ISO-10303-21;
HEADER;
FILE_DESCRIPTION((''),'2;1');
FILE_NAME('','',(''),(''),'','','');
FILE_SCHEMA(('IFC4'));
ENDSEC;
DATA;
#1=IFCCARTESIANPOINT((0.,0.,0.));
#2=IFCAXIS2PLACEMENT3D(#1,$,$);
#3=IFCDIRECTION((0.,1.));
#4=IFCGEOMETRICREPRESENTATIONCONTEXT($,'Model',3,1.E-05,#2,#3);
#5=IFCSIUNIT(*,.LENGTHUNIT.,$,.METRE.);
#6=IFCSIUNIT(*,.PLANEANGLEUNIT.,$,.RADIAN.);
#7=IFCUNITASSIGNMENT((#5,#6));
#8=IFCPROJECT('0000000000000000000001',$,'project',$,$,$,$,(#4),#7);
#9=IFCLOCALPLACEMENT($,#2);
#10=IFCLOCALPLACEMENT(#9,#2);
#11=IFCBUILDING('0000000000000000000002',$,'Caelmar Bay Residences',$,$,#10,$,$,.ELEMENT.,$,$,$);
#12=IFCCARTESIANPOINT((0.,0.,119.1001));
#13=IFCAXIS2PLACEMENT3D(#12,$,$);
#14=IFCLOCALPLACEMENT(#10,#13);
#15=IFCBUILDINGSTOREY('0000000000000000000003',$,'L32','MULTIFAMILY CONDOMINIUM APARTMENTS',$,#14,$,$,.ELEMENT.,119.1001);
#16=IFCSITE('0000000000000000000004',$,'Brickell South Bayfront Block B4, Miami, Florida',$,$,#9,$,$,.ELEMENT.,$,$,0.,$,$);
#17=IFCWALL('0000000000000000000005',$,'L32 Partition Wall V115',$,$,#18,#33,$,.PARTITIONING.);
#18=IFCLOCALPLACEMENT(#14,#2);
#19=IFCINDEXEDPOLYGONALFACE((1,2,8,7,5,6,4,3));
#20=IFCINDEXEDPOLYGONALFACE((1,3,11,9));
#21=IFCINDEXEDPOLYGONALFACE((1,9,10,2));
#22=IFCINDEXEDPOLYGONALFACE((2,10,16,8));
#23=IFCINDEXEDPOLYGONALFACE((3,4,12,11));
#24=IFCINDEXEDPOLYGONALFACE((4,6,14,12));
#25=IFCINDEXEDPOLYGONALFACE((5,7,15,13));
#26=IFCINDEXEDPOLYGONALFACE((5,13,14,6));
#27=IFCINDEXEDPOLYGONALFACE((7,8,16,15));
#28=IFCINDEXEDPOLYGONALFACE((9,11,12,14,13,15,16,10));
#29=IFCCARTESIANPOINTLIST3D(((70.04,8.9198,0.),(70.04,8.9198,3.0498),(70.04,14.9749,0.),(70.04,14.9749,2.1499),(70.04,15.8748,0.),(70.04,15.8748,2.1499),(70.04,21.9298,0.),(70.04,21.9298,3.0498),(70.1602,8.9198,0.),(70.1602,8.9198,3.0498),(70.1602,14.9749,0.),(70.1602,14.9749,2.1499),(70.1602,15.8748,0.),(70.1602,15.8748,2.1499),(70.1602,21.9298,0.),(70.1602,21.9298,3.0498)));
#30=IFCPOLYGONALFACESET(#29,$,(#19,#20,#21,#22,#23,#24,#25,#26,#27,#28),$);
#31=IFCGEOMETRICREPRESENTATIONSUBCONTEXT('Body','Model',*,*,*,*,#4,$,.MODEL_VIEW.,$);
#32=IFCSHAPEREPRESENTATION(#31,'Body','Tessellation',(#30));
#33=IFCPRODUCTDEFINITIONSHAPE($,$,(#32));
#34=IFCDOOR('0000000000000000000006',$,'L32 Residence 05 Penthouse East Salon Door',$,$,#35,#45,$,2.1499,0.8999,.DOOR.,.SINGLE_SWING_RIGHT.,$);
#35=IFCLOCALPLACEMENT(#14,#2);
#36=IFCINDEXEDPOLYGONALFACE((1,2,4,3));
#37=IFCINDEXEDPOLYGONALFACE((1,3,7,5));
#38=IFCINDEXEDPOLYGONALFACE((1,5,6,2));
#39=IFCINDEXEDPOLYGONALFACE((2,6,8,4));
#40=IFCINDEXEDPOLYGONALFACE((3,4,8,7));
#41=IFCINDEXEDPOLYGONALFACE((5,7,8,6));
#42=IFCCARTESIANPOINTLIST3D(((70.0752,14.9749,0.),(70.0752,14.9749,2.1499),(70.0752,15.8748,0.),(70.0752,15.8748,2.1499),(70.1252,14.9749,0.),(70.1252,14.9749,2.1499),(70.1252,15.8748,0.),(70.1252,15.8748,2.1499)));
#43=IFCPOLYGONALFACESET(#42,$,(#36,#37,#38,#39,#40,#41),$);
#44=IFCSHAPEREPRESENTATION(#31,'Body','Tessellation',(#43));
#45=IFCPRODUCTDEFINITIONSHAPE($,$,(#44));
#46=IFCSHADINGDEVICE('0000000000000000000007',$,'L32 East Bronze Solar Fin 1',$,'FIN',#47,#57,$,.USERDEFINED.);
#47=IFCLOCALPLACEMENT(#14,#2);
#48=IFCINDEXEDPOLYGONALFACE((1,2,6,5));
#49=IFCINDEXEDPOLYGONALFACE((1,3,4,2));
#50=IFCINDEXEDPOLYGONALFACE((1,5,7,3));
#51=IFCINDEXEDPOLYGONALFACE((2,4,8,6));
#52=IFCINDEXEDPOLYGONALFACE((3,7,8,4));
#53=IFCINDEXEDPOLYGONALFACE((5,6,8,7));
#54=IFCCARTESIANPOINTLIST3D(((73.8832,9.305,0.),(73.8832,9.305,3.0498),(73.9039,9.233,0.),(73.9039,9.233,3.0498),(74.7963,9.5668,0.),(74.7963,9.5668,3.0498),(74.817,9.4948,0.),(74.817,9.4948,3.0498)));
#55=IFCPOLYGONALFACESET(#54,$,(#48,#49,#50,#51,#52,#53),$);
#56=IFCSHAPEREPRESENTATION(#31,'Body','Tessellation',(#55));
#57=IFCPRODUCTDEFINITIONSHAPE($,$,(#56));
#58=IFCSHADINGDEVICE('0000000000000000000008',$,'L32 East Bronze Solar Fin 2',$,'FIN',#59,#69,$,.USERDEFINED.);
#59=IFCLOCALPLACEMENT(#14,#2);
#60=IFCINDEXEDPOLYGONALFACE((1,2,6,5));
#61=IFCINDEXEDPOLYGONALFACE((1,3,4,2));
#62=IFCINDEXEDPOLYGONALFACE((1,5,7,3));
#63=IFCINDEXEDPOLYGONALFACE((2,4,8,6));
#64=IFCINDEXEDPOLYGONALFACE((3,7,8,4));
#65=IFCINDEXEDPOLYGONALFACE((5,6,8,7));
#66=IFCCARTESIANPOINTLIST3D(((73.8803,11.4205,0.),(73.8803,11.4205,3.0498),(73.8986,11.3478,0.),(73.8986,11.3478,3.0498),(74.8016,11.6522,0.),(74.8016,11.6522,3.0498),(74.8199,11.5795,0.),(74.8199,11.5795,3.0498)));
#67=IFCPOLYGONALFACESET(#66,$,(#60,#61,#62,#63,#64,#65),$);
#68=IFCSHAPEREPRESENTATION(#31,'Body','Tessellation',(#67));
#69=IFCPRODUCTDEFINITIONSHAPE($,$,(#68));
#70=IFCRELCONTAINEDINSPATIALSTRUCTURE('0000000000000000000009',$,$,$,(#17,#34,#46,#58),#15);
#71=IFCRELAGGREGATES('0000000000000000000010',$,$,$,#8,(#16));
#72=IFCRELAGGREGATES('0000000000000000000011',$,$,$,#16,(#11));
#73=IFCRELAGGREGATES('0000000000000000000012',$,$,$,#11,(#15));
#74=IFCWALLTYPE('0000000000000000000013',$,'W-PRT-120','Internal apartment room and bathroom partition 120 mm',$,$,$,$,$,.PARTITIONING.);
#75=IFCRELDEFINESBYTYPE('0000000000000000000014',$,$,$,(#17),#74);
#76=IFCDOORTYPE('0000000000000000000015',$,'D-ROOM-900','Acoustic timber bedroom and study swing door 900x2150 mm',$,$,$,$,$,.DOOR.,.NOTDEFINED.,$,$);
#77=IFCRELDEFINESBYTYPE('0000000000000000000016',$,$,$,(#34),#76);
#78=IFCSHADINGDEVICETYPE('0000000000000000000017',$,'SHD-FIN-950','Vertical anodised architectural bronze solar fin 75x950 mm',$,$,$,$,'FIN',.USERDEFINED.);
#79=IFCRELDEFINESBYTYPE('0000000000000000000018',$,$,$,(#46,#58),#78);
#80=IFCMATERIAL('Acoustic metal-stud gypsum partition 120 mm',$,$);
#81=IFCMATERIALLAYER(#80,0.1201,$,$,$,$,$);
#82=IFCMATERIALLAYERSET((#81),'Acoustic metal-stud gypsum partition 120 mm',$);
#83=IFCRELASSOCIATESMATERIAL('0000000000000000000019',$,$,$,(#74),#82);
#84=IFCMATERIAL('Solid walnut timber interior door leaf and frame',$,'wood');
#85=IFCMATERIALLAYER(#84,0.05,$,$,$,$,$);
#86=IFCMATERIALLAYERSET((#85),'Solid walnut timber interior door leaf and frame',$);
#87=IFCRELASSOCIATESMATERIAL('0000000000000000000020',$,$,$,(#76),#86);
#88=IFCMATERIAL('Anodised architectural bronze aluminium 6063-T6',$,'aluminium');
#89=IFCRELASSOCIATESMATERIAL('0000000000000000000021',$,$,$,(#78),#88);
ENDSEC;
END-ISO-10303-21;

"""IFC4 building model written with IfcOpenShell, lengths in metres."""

from ifc_helpers import new_model, si_unit, direction, frame, frame_2d, origin, origin_2d, place, context, subcontext, project, spatial, rectangle, extrude, material, layer, layer_set, material_profile, profile_set, type_object, element, fill, save


model = new_model("IFC4")

# Units and contexts
model_context = context("Model", 3, precision=1e-05, world=origin(), true_north=direction((0.0, 1.0)))
body_context = subcontext(model_context, "Body", "Model", "MODEL_VIEW")
ifc_project = project(units=[si_unit("LENGTHUNIT", "METRE"), si_unit("PLANEANGLEUNIT", "RADIAN")], contexts=[model_context])

# Site, building, storey
site_placement = place(None, origin())
site = spatial("IfcSite", under=ifc_project, at=site_placement, Name="Brickell South Bayfront Block B4, Miami, Florida", CompositionType="ELEMENT", RefElevation=0.0)
building_placement = place(site_placement, origin())
building = spatial("IfcBuilding", under=site, at=building_placement, Name="Caelmar Bay Residences", CompositionType="ELEMENT")
storey_placement = place(building_placement, frame((0.0, 0.0, 119.1001)))
storey = spatial("IfcBuildingStorey", under=building, at=storey_placement, Name="L32", Description="MULTIFAMILY CONDOMINIUM APARTMENTS", CompositionType="ELEMENT", Elevation=119.1001)

# Shared definitions
ifc_material_1 = material(Name="Acoustic metal-stud gypsum partition 120 mm")
ifc_layer_1 = layer(ifc_material_1, 0.1201)
ifc_layer_set_1 = layer_set([ifc_layer_1], Name="Acoustic metal-stud gypsum partition 120 mm")
wall_type_1 = type_object("IfcWallType", Name="W-PRT-120", Description="Internal apartment room and bathroom partition 120 mm", PredefinedType="PARTITIONING", material=ifc_layer_set_1)

# Wall, opening, door
wall_1_placement = place(storey_placement, frame((70.1001, 8.9199, 0.0), z_axis=(0.0, 0.0, 1.0), x_axis=(0.0, 1.0, 0.0)))
wall_1 = element("IfcWall", 1, at=wall_1_placement, inside=storey, type_object=wall_type_1, Name="L32 Partition Wall V115", PredefinedType="PARTITIONING", context=body_context, shape_type="SweptSolid", body=[
    extrude(rectangle(XDim=13.01, YDim=0.1201, at=frame_2d((6.5049, 0.0))), origin(), (0.0, 0.0, 1.0), 3.0498),
])
opening_placement = place(wall_1_placement, frame((6.0549, 0.0, 0.0)))
opening = element("IfcOpeningElement", 2, at=opening_placement, cuts=wall_1, PredefinedType="OPENING", context=body_context, shape_type="SweptSolid", body=[
    extrude(rectangle(XDim=0.8999, YDim=2.1499, at=frame_2d((0.45, 1.075))), frame((0.0, 0.0701, 0.0), z_axis=(0.0, -1.0, 0.0), x_axis=(1.0, 0.0, 0.0)), (0.0, 0.0, 1.0), 0.1401),
])
ifc_material_2 = material(Name="Solid walnut timber interior door leaf and frame", Category="wood")
ifc_layer_2 = layer(ifc_material_2, 0.05)
ifc_layer_set_2 = layer_set([ifc_layer_2], Name="Solid walnut timber interior door leaf and frame")
door_type = type_object("IfcDoorType", Name="D-ROOM-900", Description="Acoustic timber bedroom and study swing door 900x2150 mm", OperationType="NOTDEFINED", PredefinedType="DOOR", material=ifc_layer_set_2)
door_placement = place(opening_placement, origin())
door = element("IfcDoor", 3, at=door_placement, inside=storey, type_object=door_type, Name="L32 Residence 05 Penthouse East Salon Door", OperationType="SINGLE_SWING_RIGHT", OverallHeight=2.1499, OverallWidth=0.8999, PredefinedType="DOOR", context=body_context, shape_type="SweptSolid", body=[
    extrude(rectangle(XDim=0.8999, YDim=2.1499, at=frame_2d((0.45, 1.075))), frame((0.0, 0.0249, 0.0), z_axis=(0.0, -1.0, 0.0), x_axis=(1.0, 0.0, 0.0)), (0.0, 0.0, 1.0), 0.05),
])
fill(opening, door)

# Shading devices
ifc_material_3 = material(Name="Anodised architectural bronze aluminium 6063-T6", Category="aluminium")
ifc_material_profile_1 = material_profile(ifc_material_3, rectangle(XDim=0.075, YDim=0.95, at=origin_2d()), Name="BRONZE-FIN-75X950")
ifc_profile_set_1 = profile_set([ifc_material_profile_1], Name="Anodised architectural bronze aluminium 6063-T6")
shading_device_type = type_object("IfcShadingDeviceType", Name="SHD-FIN-950", Description="Vertical anodised architectural bronze solar fin 75x950 mm", ElementType="FIN", PredefinedType="USERDEFINED", material=ifc_profile_set_1)
for number, where, z_axis, x_axis, name in (
    (4, (74.3501, 9.3999, 0.0), (0.0, 0.0, 1.0), (-0.275637, 0.961262, 0.0), "L32 East Bronze Solar Fin 1"),
    (5, (74.3501, 11.5, 0.0), (0.0, 0.0, 1.0), (-0.243954, 0.969787, 0.0), "L32 East Bronze Solar Fin 2"),
):
    element("IfcShadingDevice", number, at=place(storey_placement, frame(where, z_axis=z_axis, x_axis=x_axis)), inside=storey, type_object=shading_device_type, Name=name, ObjectType="FIN", PredefinedType="USERDEFINED", context=body_context, shape_type="SweptSolid", body=[
        extrude(rectangle(XDim=0.075, YDim=0.95, at=origin_2d()), origin(), (0.0, 0.0, 1.0), 3.0498),
    ])

save(model, "model.ifc")
